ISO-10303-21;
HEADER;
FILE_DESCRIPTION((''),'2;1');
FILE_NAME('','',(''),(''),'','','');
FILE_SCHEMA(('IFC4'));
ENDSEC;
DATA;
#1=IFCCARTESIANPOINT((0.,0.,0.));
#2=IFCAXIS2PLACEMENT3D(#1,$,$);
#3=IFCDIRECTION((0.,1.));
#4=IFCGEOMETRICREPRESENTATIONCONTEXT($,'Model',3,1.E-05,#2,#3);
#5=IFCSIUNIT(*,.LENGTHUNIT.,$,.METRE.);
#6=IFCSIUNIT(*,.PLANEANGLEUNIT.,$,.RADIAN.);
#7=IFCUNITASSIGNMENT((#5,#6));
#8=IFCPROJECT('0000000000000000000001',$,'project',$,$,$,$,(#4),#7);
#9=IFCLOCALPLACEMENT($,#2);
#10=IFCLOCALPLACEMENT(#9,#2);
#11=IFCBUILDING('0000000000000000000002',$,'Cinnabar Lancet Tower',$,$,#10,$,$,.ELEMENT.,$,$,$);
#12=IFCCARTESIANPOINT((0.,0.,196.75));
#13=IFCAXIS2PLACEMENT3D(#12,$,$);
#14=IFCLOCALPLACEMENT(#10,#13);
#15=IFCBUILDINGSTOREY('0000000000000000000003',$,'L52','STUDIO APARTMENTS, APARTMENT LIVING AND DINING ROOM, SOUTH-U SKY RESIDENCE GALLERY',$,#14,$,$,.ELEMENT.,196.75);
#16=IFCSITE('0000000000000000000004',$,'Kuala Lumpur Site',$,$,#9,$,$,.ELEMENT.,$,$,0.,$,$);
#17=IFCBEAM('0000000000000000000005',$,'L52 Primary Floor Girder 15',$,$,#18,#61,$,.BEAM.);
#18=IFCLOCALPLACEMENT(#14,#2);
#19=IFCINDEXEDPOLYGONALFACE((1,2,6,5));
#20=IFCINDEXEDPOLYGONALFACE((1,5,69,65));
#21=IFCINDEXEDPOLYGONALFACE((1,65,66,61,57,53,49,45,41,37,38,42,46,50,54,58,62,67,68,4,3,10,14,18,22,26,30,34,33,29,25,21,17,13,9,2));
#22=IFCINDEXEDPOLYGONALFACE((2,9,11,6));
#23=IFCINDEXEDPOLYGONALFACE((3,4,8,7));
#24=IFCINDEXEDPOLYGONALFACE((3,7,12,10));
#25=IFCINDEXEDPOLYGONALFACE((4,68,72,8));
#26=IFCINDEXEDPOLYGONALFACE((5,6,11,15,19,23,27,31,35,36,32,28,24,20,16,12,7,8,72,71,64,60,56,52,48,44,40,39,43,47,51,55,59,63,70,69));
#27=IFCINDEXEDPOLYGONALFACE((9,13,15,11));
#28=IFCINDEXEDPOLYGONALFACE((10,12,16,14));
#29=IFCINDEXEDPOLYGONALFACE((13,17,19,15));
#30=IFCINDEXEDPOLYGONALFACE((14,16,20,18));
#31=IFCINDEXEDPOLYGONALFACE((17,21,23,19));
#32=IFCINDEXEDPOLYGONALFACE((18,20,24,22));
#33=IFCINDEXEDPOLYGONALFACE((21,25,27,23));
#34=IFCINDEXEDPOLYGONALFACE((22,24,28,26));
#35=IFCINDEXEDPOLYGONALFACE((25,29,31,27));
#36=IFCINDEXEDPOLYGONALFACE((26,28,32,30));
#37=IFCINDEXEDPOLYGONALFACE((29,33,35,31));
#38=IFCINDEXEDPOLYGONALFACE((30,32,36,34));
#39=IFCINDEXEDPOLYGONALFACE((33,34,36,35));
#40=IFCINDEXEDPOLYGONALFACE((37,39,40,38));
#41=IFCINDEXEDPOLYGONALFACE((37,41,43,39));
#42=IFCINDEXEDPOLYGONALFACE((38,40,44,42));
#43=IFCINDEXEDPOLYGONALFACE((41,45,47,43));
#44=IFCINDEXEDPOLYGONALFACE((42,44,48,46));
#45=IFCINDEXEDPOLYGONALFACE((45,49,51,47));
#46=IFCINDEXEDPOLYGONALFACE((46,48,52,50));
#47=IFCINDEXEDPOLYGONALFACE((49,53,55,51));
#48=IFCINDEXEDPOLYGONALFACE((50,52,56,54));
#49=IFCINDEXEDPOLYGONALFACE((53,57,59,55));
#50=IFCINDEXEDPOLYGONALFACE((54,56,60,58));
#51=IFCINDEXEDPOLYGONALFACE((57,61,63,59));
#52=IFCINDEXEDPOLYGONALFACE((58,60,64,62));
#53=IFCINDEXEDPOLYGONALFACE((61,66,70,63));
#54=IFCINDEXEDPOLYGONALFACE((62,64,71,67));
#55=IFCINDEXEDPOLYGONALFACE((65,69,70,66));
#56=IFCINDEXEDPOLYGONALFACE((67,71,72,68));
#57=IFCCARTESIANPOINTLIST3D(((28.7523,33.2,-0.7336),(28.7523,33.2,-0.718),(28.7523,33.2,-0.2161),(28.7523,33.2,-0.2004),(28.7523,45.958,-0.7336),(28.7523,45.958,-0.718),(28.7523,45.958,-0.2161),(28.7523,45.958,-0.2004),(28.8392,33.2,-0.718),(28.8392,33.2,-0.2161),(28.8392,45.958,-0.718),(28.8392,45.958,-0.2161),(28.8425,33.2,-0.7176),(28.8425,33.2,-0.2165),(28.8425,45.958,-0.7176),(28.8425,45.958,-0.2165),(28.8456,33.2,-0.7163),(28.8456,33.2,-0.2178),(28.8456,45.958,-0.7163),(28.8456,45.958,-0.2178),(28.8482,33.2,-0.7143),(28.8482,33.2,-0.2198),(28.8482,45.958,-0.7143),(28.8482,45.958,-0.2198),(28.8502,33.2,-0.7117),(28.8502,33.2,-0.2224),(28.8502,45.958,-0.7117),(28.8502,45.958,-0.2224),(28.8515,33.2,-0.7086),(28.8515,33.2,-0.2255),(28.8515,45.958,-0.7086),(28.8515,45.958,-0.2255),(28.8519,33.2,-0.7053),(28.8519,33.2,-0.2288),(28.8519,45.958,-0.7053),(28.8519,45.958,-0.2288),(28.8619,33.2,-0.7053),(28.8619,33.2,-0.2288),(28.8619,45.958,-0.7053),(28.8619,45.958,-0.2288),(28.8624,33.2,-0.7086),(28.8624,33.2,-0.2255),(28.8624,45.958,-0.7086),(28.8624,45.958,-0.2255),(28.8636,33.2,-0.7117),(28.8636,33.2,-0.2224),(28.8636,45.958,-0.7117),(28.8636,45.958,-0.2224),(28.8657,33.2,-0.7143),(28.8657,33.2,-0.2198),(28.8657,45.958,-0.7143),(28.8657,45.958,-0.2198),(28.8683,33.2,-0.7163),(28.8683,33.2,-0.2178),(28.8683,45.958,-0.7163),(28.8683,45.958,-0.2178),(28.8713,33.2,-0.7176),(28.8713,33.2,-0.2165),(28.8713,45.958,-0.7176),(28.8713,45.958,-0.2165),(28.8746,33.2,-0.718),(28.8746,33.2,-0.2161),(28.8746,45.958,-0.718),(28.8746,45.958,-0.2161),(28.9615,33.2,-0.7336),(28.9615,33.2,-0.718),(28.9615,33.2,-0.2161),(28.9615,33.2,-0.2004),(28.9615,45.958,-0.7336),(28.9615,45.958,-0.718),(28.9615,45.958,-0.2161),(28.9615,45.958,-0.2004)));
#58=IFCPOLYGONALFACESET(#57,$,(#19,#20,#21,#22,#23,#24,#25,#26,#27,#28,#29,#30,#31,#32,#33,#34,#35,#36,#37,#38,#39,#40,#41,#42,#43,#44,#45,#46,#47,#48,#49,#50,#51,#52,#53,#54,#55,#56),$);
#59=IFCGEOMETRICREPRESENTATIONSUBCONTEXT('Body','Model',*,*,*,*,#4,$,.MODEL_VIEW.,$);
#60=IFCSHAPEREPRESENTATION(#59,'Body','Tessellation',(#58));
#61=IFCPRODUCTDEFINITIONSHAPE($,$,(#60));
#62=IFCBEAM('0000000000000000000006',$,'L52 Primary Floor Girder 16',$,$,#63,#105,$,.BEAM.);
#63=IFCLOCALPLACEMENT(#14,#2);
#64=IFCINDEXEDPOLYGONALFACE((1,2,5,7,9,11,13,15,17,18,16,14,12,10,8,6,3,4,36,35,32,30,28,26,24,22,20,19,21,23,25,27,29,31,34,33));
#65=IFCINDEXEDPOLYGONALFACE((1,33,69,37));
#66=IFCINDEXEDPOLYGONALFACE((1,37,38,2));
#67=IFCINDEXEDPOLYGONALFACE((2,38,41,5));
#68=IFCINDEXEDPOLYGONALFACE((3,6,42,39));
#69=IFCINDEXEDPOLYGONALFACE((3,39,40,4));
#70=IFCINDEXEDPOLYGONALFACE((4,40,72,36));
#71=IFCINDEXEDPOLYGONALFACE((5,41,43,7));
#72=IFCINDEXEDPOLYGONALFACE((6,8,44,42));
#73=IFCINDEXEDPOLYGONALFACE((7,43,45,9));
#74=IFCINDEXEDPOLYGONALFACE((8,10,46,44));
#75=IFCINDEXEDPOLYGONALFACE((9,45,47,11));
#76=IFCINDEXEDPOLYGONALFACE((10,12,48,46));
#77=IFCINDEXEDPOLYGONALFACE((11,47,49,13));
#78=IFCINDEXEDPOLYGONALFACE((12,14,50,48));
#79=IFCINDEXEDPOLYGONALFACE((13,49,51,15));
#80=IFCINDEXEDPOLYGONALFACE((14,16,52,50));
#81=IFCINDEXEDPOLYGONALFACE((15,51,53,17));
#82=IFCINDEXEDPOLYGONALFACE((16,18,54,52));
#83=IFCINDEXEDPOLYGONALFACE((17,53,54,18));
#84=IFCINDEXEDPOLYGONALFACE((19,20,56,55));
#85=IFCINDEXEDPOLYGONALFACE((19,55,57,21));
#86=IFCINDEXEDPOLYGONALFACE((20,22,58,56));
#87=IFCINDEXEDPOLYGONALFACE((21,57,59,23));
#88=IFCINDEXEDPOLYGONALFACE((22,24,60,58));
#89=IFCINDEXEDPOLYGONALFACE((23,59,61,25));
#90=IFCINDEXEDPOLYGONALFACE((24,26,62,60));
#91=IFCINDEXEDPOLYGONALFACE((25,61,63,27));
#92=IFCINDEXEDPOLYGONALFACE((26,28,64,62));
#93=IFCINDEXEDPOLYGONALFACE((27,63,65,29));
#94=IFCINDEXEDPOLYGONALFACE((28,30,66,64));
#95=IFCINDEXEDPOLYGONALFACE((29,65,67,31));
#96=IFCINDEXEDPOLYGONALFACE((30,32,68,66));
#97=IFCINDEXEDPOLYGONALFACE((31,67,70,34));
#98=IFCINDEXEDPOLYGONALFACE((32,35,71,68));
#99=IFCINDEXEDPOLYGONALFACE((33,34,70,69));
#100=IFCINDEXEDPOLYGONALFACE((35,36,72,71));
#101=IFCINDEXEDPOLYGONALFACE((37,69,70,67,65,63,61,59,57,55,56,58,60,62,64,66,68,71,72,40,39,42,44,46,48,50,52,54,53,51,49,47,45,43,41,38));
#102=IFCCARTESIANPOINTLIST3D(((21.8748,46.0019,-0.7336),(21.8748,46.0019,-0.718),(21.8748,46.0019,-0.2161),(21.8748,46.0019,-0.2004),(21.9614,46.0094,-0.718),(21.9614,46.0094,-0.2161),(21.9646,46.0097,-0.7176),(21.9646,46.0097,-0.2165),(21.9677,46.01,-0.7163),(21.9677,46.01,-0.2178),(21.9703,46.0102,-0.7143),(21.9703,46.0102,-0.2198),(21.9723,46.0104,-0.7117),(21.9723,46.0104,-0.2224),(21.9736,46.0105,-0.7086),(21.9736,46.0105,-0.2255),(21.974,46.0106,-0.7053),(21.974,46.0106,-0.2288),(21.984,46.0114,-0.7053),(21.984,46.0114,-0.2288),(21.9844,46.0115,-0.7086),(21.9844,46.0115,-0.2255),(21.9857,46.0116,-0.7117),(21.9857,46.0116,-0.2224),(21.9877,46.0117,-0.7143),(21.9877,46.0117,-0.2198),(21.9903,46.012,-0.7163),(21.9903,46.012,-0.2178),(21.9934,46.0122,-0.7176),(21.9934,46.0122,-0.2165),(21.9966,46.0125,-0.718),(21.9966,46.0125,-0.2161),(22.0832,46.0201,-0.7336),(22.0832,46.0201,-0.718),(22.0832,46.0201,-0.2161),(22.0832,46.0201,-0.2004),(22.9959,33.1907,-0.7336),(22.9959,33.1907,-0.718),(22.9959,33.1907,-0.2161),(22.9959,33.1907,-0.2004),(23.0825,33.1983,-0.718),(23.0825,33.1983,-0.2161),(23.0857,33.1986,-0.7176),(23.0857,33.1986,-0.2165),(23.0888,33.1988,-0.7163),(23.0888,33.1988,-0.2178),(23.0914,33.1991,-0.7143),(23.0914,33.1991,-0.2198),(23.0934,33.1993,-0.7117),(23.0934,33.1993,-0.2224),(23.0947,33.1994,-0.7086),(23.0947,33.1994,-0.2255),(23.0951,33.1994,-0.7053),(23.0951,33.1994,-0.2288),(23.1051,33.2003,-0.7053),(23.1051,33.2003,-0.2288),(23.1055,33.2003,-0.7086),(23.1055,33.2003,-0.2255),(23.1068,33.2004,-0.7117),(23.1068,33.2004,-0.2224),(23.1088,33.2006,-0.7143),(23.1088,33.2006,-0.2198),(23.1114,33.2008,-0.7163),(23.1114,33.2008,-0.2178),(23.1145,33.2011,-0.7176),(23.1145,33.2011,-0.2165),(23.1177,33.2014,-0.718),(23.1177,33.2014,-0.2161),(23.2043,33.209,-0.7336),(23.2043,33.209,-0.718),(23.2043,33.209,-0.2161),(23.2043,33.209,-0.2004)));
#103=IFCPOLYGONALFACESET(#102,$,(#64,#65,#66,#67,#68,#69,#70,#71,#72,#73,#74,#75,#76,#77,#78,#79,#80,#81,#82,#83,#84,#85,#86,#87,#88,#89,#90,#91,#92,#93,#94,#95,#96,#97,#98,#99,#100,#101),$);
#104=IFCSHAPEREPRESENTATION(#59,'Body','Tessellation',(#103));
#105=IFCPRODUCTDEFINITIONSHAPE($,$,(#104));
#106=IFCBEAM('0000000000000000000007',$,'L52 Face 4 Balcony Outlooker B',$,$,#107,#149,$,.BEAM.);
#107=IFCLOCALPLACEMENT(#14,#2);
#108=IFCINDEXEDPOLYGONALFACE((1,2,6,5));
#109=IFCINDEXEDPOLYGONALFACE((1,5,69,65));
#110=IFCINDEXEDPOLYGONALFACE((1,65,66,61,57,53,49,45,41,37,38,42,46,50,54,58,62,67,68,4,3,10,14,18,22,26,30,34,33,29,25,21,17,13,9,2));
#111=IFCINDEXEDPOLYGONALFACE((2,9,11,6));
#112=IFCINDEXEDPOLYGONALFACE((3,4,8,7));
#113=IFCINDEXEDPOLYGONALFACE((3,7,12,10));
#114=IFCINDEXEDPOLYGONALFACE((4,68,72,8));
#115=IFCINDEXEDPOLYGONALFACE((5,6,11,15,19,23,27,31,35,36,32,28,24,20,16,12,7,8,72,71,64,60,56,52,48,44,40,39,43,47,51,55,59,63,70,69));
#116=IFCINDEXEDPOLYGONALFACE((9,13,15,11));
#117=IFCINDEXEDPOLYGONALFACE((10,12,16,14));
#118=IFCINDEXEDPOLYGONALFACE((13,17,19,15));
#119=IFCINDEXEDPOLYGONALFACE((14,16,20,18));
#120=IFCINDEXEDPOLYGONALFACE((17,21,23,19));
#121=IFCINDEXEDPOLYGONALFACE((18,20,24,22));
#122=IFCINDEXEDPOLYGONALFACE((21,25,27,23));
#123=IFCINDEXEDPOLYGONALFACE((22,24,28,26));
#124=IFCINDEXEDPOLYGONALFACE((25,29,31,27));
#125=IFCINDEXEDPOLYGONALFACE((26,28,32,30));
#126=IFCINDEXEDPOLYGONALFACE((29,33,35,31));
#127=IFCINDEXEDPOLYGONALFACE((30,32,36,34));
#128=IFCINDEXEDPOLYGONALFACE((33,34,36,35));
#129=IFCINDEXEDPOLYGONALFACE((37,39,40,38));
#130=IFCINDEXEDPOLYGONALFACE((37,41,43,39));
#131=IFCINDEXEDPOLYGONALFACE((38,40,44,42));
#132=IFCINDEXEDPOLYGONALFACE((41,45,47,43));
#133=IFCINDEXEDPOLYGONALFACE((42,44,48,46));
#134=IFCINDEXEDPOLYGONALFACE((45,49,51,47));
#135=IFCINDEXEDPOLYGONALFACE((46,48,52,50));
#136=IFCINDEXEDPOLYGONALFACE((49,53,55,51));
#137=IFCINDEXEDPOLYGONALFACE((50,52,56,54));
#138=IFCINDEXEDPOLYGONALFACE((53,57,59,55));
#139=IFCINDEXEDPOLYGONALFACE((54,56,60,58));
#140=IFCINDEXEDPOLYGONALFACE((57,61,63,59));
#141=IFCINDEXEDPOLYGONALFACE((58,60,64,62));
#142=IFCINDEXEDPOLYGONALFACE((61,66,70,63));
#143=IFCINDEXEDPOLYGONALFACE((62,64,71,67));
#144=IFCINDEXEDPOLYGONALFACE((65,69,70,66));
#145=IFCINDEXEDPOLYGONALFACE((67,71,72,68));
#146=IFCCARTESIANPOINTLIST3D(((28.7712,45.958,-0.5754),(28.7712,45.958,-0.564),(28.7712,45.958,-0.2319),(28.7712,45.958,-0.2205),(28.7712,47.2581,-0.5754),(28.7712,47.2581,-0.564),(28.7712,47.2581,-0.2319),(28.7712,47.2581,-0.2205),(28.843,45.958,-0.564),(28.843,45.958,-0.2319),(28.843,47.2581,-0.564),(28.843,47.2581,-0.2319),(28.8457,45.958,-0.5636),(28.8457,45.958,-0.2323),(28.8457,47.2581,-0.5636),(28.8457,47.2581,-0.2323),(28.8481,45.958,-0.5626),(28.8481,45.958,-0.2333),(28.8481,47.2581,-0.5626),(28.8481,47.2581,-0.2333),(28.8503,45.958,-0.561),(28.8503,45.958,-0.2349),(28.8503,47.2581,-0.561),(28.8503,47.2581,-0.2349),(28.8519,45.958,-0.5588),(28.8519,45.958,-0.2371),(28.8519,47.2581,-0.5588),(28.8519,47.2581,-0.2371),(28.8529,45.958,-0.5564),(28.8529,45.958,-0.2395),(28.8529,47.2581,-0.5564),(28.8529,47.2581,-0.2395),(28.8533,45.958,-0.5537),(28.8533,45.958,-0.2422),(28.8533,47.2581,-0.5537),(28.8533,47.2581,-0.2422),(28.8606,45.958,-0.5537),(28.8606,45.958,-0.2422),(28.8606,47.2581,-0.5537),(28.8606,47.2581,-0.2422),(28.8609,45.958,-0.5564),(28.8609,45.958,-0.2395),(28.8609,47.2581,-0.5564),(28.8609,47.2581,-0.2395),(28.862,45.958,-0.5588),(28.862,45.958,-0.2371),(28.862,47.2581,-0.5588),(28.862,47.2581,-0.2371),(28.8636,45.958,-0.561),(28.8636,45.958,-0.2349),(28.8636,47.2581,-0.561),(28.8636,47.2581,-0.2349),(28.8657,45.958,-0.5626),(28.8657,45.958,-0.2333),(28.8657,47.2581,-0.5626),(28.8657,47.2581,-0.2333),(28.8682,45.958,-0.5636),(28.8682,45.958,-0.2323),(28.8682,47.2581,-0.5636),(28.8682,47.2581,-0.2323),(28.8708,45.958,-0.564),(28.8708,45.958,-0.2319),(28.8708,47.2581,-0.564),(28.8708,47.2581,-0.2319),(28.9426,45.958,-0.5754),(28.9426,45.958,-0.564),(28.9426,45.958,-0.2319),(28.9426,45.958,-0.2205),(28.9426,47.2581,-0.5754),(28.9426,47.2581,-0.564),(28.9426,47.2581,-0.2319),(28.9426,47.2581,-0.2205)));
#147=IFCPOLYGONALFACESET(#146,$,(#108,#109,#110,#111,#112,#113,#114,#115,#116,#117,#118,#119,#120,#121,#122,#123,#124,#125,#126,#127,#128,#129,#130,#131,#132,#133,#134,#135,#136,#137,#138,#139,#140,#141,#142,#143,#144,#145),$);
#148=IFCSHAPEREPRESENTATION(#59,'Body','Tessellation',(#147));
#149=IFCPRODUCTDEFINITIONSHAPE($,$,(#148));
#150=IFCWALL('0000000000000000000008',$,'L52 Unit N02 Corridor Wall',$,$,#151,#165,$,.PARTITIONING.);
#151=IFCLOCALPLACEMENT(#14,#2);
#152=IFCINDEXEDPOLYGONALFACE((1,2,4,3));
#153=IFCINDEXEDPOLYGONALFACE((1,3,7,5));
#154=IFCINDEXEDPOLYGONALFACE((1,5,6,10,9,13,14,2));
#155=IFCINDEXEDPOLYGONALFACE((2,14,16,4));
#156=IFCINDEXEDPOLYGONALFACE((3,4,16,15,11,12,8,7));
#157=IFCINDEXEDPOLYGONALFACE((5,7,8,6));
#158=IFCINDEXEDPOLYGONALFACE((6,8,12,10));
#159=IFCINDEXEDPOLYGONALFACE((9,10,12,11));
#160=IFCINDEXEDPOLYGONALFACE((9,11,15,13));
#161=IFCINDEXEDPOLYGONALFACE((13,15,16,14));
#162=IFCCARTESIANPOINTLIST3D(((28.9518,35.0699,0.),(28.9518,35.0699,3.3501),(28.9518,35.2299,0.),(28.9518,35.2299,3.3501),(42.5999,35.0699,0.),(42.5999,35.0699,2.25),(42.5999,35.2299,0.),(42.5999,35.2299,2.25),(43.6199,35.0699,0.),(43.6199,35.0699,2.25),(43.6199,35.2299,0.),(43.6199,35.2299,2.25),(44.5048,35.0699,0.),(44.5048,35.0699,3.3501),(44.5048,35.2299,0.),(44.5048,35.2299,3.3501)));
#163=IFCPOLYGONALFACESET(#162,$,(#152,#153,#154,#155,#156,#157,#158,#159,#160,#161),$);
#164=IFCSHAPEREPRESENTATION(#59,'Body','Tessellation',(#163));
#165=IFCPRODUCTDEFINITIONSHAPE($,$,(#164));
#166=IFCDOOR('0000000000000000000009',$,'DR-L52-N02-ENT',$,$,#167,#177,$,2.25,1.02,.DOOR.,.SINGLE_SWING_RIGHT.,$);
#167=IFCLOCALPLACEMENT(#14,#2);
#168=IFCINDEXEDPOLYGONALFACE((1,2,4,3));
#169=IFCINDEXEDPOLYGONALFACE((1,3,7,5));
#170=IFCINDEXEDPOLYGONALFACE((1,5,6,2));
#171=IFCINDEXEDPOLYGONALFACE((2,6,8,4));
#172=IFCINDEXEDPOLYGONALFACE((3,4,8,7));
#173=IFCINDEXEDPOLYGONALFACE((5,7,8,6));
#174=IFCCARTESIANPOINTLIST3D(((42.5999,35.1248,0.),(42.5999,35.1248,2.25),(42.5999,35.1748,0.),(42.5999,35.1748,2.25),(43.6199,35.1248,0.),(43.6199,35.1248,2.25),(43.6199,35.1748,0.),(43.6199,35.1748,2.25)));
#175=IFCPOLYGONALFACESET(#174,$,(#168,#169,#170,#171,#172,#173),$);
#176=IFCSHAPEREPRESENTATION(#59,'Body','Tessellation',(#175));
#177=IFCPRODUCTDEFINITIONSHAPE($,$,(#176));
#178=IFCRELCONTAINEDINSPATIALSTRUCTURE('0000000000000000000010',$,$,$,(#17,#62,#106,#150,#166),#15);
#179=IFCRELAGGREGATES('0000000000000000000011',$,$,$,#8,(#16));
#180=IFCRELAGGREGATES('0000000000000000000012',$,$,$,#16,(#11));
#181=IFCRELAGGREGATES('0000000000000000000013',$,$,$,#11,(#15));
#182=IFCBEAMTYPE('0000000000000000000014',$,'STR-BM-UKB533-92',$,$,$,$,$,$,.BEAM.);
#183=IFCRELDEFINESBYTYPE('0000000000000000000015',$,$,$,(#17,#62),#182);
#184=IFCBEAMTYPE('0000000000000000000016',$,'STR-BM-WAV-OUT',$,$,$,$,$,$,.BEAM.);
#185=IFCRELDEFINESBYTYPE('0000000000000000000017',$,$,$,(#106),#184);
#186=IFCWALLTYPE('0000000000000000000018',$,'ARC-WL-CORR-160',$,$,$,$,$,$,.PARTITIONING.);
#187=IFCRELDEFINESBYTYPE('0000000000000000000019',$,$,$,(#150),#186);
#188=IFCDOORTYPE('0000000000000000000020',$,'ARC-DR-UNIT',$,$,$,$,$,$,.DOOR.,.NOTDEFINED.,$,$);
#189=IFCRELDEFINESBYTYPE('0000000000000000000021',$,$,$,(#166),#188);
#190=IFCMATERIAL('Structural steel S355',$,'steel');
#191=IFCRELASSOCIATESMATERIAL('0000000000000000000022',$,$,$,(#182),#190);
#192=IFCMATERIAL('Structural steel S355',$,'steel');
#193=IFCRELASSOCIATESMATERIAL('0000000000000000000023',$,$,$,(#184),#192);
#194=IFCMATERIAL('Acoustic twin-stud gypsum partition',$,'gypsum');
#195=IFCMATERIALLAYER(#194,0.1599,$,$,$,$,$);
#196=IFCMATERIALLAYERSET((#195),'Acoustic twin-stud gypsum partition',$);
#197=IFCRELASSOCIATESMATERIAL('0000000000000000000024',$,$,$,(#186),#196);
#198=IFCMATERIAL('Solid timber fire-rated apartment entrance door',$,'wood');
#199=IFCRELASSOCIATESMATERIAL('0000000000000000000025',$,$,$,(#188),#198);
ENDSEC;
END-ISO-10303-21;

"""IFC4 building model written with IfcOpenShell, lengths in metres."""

from ifc_helpers import new_model, si_unit, direction, frame, frame_2d, origin, origin_2d, place, context, subcontext, project, spatial, rectangle, i_section, extrude, material, layer, layer_set, material_profile, profile_set, type_object, element, fill, save


model = new_model("IFC4")

# Units and contexts
model_context = context("Model", 3, precision=1e-05, world=origin(), true_north=direction((0.0, 1.0)))
body_context = subcontext(model_context, "Body", "Model", "MODEL_VIEW")
ifc_project = project(units=[si_unit("LENGTHUNIT", "METRE"), si_unit("PLANEANGLEUNIT", "RADIAN")], contexts=[model_context])

# Site, building, storey
site_placement = place(None, origin())
site = spatial("IfcSite", under=ifc_project, at=site_placement, Name="Kuala Lumpur Site", CompositionType="ELEMENT", RefElevation=0.0)
building_placement = place(site_placement, origin())
building = spatial("IfcBuilding", under=site, at=building_placement, Name="Cinnabar Lancet Tower", CompositionType="ELEMENT")
storey_placement = place(building_placement, frame((0.0, 0.0, 196.75)))
storey = spatial("IfcBuildingStorey", under=building, at=storey_placement, Name="L52", Description="STUDIO APARTMENTS, APARTMENT LIVING AND DINING ROOM, SOUTH-U SKY RESIDENCE GALLERY", CompositionType="ELEMENT", Elevation=196.75)

# Beams
ifc_material_1 = material(Name="Structural steel S355", Category="steel")
ifc_material_profile_1 = material_profile(ifc_material_1, i_section(OverallWidth=0.2092, OverallDepth=0.5332, WebThickness=0.01, FlangeThickness=0.0156, FilletRadius=0.0127, at=origin_2d()), Name="UKB 533x210x92")
ifc_profile_set_1 = profile_set([ifc_material_profile_1], Name="Structural steel S355")
beam_type_1 = type_object("IfcBeamType", Name="STR-BM-UKB533-92", PredefinedType="BEAM", material=ifc_profile_set_1)
beam_1_placement = place(storey_placement, frame((28.8569, 45.958, -0.467), z_axis=(0.0, -1.0, 0.0), x_axis=(1.0, 0.0, 0.0)))
element("IfcBeam", 1, at=beam_1_placement, inside=storey, type_object=beam_type_1, Name="L52 Primary Floor Girder 15", PredefinedType="BEAM", context=body_context, shape_type="SweptSolid", body=[
    extrude(i_section(OverallWidth=0.2092, OverallDepth=0.5332, WebThickness=0.01, FlangeThickness=0.0156, FilletRadius=0.0127, at=origin_2d()), origin(), (0.0, 0.0, 1.0), 12.7581),
])
beam_2_placement = place(storey_placement, frame((21.979, 46.011, -0.467), z_axis=(0.087177, -0.996193, 0.0), x_axis=(0.996193, 0.087177, 0.0)))
element("IfcBeam", 2, at=beam_2_placement, inside=storey, type_object=beam_type_1, Name="L52 Primary Floor Girder 16", PredefinedType="BEAM", context=body_context, shape_type="SweptSolid", body=[
    extrude(i_section(OverallWidth=0.2092, OverallDepth=0.5332, WebThickness=0.01, FlangeThickness=0.0156, FilletRadius=0.0127, at=origin_2d()), origin(), (0.0, 0.0, 1.0), 12.8601),
])
ifc_material_2 = material(Name="Structural steel S355", Category="steel")
ifc_material_profile_2 = material_profile(ifc_material_2, i_section(OverallWidth=0.1714, OverallDepth=0.355, WebThickness=0.0073, FlangeThickness=0.0115, FilletRadius=0.0103, at=origin_2d()), Name="UKB 356x171x51")
ifc_profile_set_2 = profile_set([ifc_material_profile_2], Name="Structural steel S355")
beam_type_2 = type_object("IfcBeamType", Name="STR-BM-WAV-OUT", PredefinedType="BEAM", material=ifc_profile_set_2)
beam_3_placement = place(storey_placement, frame((28.8569, 45.958, -0.3979), z_axis=(0.0, 1.0, 0.0), x_axis=(-1.0, 0.0, 0.0)))
element("IfcBeam", 3, at=beam_3_placement, inside=storey, type_object=beam_type_2, Name="L52 Face 4 Balcony Outlooker B", PredefinedType="BEAM", context=body_context, shape_type="SweptSolid", body=[
    extrude(i_section(OverallWidth=0.1714, OverallDepth=0.355, WebThickness=0.0073, FlangeThickness=0.0115, FilletRadius=0.0103, at=origin_2d()), origin(), (0.0, 0.0, 1.0), 1.3),
])

# Wall, opening, door
ifc_material_3 = material(Name="Acoustic twin-stud gypsum partition", Category="gypsum")
ifc_layer_1 = layer(ifc_material_3, 0.1599)
ifc_layer_set_1 = layer_set([ifc_layer_1], Name="Acoustic twin-stud gypsum partition")
wall_type_1 = type_object("IfcWallType", Name="ARC-WL-CORR-160", PredefinedType="PARTITIONING", material=ifc_layer_set_1)
wall_1_placement = place(storey_placement, frame((28.9519, 35.1499, 0.0), z_axis=(0.0, 0.0, 1.0), x_axis=(1.0, 0.0, 0.0)))
wall_1 = element("IfcWall", 4, at=wall_1_placement, inside=storey, type_object=wall_type_1, Name="L52 Unit N02 Corridor Wall", PredefinedType="PARTITIONING", context=body_context, shape_type="SweptSolid", body=[
    extrude(rectangle(XDim=15.553, YDim=0.1599, at=frame_2d((7.7764, 0.0))), origin(), (0.0, 0.0, 1.0), 3.3501),
])
opening_1_placement = place(wall_1_placement, frame((13.6479, 0.0, 0.0)))
opening_1 = element("IfcOpeningElement", 5, at=opening_1_placement, cuts=wall_1, PredefinedType="OPENING", context=body_context, shape_type="SweptSolid", body=[
    extrude(rectangle(XDim=1.02, YDim=2.25, at=frame_2d((0.51, 1.125))), frame((0.0, 0.0898, 0.0), z_axis=(0.0, -1.0, 0.0), x_axis=(1.0, 0.0, 0.0)), (0.0, 0.0, 1.0), 0.1799),
])
ifc_material_4 = material(Name="Solid timber fire-rated apartment entrance door", Category="wood")
door_type_1 = type_object("IfcDoorType", Name="ARC-DR-UNIT", OperationType="NOTDEFINED", PredefinedType="DOOR", material=ifc_material_4)
door_1_placement = place(opening_1_placement, origin())
door_1 = element("IfcDoor", 6, at=door_1_placement, inside=storey, type_object=door_type_1, Name="DR-L52-N02-ENT", OperationType="SINGLE_SWING_RIGHT", OverallHeight=2.25, OverallWidth=1.02, PredefinedType="DOOR", context=body_context, shape_type="SweptSolid", body=[
    extrude(rectangle(XDim=1.02, YDim=2.25, at=frame_2d((0.51, 1.125))), frame((0.0, 0.0249, 0.0), z_axis=(0.0, -1.0, 0.0), x_axis=(1.0, 0.0, 0.0)), (0.0, 0.0, 1.0), 0.05),
])
fill(opening_1, door_1)

save(model, "model.ifc")
